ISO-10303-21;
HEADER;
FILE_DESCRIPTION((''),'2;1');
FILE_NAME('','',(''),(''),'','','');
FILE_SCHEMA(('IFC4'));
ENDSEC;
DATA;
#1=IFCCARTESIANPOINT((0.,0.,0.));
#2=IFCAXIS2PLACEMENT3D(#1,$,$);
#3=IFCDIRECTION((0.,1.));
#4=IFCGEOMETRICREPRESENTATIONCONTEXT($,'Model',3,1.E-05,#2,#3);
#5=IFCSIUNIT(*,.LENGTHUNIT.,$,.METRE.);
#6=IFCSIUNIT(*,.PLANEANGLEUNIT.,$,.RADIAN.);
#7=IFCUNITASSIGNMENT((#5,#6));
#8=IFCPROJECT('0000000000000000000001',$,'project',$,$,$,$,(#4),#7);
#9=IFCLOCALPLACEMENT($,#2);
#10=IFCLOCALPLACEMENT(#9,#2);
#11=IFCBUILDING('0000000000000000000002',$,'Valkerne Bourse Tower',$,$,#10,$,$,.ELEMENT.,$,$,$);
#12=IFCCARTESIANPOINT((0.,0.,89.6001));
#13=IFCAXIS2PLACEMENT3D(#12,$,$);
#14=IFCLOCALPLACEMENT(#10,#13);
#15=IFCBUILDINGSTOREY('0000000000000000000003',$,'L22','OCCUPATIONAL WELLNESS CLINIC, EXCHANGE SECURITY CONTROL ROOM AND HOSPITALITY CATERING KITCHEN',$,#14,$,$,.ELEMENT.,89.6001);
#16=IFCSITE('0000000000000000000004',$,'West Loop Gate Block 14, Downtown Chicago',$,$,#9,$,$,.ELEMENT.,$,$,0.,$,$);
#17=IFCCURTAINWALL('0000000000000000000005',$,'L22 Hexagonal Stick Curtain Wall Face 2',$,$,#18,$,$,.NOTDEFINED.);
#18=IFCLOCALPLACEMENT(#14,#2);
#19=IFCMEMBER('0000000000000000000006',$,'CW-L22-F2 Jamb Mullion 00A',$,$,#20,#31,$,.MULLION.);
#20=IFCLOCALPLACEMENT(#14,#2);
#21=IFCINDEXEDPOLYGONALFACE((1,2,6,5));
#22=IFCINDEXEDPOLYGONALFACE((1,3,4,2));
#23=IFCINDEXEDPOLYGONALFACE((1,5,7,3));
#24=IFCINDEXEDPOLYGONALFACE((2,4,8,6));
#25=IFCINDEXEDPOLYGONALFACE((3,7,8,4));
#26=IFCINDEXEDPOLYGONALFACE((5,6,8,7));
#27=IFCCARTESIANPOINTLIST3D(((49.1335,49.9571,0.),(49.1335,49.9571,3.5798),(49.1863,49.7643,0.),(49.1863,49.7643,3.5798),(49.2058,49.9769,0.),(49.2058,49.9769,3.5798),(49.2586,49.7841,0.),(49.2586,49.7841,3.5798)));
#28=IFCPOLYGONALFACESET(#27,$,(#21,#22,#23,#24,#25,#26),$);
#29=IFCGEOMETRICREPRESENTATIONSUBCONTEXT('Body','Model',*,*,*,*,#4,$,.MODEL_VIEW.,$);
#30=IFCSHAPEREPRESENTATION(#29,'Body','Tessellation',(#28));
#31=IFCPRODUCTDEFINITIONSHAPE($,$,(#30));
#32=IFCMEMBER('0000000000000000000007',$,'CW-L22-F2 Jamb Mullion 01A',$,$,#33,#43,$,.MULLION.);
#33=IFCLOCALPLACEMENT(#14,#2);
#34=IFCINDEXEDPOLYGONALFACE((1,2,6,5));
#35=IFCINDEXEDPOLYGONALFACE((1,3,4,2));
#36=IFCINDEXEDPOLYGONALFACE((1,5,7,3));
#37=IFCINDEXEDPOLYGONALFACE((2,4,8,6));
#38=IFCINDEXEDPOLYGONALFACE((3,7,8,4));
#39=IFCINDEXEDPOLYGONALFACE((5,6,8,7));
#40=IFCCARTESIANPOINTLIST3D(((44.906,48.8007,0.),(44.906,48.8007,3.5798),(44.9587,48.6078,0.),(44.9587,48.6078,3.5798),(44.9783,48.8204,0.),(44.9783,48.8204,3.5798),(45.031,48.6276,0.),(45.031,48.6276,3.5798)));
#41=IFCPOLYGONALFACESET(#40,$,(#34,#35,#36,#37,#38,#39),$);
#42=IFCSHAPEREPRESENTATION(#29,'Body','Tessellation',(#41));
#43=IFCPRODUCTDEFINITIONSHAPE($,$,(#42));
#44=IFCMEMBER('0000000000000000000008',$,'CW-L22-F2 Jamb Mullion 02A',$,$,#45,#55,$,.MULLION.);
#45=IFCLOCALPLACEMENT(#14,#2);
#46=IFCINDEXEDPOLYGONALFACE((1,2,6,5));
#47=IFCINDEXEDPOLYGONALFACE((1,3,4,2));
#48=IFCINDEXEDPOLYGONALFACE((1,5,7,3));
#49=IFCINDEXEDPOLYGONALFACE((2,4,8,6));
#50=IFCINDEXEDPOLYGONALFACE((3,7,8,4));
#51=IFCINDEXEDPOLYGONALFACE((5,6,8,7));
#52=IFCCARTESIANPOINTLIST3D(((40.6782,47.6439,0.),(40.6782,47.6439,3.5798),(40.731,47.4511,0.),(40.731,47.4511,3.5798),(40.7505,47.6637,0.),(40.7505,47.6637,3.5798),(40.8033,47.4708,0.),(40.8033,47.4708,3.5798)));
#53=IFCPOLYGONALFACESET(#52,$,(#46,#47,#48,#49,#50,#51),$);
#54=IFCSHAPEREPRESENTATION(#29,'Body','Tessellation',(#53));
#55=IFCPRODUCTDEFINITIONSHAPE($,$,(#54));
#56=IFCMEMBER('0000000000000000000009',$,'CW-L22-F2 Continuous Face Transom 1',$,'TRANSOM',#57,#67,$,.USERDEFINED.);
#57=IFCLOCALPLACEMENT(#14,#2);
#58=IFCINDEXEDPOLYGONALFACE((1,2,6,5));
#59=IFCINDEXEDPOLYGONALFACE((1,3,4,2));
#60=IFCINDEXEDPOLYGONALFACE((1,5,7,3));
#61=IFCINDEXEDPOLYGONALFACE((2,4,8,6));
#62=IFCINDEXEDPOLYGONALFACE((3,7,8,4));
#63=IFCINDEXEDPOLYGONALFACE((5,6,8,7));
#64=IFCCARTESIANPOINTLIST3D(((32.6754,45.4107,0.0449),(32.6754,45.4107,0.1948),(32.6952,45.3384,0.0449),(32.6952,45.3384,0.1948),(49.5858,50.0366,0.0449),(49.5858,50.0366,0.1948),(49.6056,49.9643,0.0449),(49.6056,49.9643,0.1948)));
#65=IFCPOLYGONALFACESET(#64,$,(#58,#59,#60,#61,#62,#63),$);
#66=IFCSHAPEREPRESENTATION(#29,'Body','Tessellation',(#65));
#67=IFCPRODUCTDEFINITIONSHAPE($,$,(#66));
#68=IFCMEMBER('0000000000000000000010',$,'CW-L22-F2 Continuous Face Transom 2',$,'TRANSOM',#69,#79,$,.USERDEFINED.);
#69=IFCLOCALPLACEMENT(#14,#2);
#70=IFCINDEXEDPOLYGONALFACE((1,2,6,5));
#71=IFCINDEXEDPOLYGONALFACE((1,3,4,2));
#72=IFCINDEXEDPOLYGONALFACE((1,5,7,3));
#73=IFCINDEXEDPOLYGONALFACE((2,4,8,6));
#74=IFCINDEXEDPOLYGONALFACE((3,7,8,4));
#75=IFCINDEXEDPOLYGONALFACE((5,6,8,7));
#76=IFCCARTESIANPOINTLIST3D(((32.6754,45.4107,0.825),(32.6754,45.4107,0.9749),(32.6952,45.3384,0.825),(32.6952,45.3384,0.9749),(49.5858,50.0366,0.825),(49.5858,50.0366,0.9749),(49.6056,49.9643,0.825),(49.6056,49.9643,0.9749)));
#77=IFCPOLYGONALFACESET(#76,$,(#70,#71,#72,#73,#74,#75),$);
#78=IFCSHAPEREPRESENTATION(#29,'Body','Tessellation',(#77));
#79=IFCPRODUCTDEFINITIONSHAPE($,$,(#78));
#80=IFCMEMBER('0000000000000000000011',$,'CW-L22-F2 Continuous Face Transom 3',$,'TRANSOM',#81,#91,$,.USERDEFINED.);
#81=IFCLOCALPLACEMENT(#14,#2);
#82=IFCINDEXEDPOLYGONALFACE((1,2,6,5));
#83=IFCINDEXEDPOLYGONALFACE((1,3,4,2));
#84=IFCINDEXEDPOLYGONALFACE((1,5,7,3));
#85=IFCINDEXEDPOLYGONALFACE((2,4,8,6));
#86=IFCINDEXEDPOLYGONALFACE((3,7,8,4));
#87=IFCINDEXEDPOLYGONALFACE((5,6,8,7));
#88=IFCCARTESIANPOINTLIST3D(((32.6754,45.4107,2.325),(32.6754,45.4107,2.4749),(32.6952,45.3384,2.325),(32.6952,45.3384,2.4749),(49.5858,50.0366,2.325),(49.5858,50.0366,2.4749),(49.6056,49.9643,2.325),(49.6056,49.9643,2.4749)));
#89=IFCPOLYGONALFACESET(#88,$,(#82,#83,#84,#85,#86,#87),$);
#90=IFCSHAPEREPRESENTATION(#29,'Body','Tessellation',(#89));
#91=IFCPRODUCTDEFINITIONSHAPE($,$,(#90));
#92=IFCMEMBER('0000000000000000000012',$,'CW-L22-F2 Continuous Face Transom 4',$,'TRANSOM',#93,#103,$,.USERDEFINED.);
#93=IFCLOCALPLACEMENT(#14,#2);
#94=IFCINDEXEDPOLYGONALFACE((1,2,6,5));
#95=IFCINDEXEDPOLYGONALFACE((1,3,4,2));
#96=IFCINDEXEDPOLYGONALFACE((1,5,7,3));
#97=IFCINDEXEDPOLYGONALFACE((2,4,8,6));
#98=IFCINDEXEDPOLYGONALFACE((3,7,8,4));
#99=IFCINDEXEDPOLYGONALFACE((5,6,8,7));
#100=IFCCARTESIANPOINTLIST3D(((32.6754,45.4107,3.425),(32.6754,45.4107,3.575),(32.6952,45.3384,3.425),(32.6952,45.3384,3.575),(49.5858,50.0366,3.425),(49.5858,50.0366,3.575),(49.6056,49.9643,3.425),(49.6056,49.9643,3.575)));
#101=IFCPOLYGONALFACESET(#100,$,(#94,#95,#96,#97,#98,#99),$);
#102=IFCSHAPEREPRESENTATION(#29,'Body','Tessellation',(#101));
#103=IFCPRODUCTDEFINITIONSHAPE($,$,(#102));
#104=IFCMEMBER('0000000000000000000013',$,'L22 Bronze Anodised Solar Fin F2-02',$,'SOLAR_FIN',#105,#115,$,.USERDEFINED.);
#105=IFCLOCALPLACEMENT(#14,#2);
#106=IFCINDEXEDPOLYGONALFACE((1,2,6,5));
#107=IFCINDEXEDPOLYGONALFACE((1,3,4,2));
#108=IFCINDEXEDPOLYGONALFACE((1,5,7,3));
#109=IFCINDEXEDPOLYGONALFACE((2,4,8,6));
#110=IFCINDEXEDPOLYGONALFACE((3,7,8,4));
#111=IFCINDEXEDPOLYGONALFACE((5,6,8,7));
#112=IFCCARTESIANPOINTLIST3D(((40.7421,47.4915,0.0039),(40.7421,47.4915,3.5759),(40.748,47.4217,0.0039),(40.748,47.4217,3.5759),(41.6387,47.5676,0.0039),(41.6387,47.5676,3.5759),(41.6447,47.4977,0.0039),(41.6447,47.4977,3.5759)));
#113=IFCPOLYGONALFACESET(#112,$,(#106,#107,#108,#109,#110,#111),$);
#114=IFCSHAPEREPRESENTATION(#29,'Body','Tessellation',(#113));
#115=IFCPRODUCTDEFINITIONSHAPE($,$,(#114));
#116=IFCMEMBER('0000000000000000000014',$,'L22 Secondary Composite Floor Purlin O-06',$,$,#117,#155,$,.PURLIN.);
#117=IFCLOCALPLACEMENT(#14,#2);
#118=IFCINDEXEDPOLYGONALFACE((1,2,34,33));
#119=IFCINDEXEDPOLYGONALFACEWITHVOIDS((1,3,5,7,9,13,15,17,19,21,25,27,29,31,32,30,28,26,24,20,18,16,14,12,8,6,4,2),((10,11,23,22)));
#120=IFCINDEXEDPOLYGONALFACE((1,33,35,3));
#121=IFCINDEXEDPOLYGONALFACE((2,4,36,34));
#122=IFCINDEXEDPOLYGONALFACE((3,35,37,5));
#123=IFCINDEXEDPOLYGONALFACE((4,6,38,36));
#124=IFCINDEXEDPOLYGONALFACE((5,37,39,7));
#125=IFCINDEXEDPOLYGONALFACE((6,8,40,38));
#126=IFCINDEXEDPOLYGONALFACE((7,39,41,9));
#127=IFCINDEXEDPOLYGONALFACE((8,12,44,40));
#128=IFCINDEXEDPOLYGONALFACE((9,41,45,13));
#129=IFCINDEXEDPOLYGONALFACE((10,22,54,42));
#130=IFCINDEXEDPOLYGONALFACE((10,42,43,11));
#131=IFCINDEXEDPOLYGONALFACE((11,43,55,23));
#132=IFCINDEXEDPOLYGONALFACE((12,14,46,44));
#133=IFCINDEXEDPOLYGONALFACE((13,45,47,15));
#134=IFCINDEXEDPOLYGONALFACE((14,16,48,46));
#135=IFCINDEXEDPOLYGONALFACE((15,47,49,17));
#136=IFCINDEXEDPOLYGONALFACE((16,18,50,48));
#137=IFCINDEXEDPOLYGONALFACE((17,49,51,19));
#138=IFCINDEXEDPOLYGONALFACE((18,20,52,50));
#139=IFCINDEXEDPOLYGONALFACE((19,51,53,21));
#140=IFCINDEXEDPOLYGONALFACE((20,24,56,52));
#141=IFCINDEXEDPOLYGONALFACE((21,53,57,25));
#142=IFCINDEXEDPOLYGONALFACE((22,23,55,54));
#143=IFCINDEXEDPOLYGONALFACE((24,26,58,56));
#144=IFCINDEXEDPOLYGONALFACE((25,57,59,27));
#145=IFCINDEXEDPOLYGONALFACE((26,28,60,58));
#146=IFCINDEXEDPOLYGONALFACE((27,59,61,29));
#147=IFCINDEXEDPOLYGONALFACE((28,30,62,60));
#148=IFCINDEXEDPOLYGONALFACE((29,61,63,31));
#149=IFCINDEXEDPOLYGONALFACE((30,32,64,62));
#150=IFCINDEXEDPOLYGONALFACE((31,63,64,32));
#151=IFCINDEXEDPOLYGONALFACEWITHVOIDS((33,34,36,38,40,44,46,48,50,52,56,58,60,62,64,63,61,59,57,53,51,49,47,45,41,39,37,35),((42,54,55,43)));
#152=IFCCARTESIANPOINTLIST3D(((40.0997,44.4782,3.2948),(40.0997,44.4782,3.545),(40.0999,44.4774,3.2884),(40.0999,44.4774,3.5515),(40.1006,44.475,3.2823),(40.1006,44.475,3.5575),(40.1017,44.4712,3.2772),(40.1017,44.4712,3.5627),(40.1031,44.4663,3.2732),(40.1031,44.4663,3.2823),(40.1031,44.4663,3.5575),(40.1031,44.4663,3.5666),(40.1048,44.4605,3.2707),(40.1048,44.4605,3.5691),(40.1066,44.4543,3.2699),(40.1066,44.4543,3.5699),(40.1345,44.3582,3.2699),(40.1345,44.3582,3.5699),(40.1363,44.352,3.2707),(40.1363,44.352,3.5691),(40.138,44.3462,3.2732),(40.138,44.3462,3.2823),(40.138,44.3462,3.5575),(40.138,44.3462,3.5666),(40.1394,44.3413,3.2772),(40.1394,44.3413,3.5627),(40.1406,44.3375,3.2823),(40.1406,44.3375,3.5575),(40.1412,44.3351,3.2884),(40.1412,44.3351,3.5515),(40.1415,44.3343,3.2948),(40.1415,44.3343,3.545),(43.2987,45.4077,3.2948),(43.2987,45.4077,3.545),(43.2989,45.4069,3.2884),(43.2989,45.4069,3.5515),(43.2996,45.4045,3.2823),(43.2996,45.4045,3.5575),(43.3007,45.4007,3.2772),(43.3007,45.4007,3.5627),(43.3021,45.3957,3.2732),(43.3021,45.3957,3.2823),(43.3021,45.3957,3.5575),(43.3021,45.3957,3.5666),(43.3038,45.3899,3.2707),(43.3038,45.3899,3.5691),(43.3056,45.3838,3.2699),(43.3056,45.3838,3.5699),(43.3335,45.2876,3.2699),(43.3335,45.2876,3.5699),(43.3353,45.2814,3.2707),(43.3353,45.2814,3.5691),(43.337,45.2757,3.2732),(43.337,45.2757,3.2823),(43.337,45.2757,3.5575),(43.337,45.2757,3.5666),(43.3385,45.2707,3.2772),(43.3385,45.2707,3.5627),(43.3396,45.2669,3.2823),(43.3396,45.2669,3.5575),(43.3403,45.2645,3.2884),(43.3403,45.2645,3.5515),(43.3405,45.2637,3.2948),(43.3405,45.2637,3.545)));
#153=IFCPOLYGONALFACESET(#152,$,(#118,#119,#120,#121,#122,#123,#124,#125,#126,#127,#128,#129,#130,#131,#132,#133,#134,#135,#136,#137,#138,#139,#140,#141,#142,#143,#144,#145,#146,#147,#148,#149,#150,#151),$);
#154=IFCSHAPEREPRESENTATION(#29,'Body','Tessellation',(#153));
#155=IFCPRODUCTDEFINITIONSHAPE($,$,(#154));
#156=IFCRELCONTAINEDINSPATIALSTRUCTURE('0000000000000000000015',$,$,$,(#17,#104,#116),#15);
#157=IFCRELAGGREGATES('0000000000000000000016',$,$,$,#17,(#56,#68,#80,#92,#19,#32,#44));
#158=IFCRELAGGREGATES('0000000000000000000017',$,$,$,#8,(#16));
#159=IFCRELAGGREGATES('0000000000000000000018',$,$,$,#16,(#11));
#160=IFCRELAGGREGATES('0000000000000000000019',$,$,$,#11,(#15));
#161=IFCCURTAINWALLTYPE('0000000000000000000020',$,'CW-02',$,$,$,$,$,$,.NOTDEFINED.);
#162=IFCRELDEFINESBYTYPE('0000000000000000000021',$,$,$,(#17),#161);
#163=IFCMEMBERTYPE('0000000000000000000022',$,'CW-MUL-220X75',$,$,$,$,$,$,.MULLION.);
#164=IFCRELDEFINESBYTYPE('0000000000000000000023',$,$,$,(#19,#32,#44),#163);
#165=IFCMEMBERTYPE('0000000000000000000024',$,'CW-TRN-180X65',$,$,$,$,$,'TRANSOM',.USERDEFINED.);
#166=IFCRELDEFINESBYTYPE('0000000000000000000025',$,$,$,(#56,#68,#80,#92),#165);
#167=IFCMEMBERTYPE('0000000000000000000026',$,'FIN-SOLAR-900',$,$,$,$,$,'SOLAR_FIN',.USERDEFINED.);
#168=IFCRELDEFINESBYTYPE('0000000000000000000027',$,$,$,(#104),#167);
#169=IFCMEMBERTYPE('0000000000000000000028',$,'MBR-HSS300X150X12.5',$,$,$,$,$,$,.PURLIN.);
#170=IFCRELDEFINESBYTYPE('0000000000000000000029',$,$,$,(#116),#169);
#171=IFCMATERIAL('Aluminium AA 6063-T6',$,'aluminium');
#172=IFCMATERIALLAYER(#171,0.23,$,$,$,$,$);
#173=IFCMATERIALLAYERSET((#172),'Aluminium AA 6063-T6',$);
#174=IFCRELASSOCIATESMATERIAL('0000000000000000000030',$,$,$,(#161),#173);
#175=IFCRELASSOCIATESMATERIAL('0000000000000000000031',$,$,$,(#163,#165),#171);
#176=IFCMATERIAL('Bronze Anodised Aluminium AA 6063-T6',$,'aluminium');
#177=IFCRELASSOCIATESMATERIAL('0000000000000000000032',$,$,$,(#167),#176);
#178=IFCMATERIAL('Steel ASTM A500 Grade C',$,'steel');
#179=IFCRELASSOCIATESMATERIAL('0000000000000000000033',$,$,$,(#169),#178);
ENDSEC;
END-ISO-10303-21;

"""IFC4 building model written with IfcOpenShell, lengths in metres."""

from ifc_helpers import new_model, si_unit, direction, frame, origin, origin_2d, place, context, subcontext, project, spatial, rectangle, hollow_rectangle, extrude, material, layer, layer_set, material_profile, profile_set, type_object, element, aggregate, save


model = new_model("IFC4")

# Units and contexts
model_context = context("Model", 3, precision=1e-05, world=origin(), true_north=direction((0.0, 1.0)))
body_context = subcontext(model_context, "Body", "Model", "MODEL_VIEW")
ifc_project = project(units=[si_unit("LENGTHUNIT", "METRE"), si_unit("PLANEANGLEUNIT", "RADIAN")], contexts=[model_context])

# Site, building, storey
site_placement = place(None, origin())
site = spatial("IfcSite", under=ifc_project, at=site_placement, Name="West Loop Gate Block 14, Downtown Chicago", CompositionType="ELEMENT", RefElevation=0.0)
building_placement = place(site_placement, origin())
building = spatial("IfcBuilding", under=site, at=building_placement, Name="Valkerne Bourse Tower", CompositionType="ELEMENT")
storey_placement = place(building_placement, frame((0.0, 0.0, 89.6001)))
storey = spatial("IfcBuildingStorey", under=building, at=storey_placement, Name="L22", Description="OCCUPATIONAL WELLNESS CLINIC, EXCHANGE SECURITY CONTROL ROOM AND HOSPITALITY CATERING KITCHEN", CompositionType="ELEMENT", Elevation=89.6001)

# Curtain wall, members
ifc_material_1 = material(Name="Aluminium AA 6063-T6", Category="aluminium")
ifc_layer_1 = layer(ifc_material_1, 0.23)
ifc_layer_set_1 = layer_set([ifc_layer_1], Name="Aluminium AA 6063-T6")
curtain_wall_type = type_object("IfcCurtainWallType", Name="CW-02", PredefinedType="NOTDEFINED", material=ifc_layer_set_1)
curtain_wall_placement = place(storey_placement, origin())
curtain_wall = element("IfcCurtainWall", 1, at=curtain_wall_placement, inside=storey, type_object=curtain_wall_type, Name="L22 Hexagonal Stick Curtain Wall Face 2", PredefinedType="NOTDEFINED")
ifc_material_profile_1 = material_profile(ifc_material_1, rectangle(XDim=0.075, YDim=0.2, at=origin_2d()), Name="CWM-75X200")
ifc_profile_set_1 = profile_set([ifc_material_profile_1], Name="Aluminium AA 6063-T6")
member_type_1 = type_object("IfcMemberType", Name="CW-MUL-220X75", PredefinedType="MULLION", material=ifc_profile_set_1)
member_1_placement = place(storey_placement, frame((49.196, 49.8706, 0.0), z_axis=(0.0, 0.0, 1.0), x_axis=(-0.96456, -0.263864, 0.0)))
member_1 = element("IfcMember", 2, at=member_1_placement, type_object=member_type_1, Name="CW-L22-F2 Jamb Mullion 00A", PredefinedType="MULLION", context=body_context, shape_type="SweptSolid", body=[
    extrude(rectangle(XDim=0.075, YDim=0.2, at=origin_2d()), origin(), (0.0, 0.0, 1.0), 3.5798),
])
member_2_placement = place(storey_placement, frame((44.9685, 48.7141, 0.0), z_axis=(0.0, 0.0, 1.0), x_axis=(-0.964556, -0.26388, 0.0)))
member_2 = element("IfcMember", 3, at=member_2_placement, type_object=member_type_1, Name="CW-L22-F2 Jamb Mullion 01A", PredefinedType="MULLION", context=body_context, shape_type="SweptSolid", body=[
    extrude(rectangle(XDim=0.075, YDim=0.2, at=origin_2d()), origin(), (0.0, 0.0, 1.0), 3.5798),
])
member_3_placement = place(storey_placement, frame((40.7407, 47.5574, 0.0), z_axis=(0.0, 0.0, 1.0), x_axis=(-0.96456, -0.263864, 0.0)))
member_3 = element("IfcMember", 4, at=member_3_placement, type_object=member_type_1, Name="CW-L22-F2 Jamb Mullion 02A", PredefinedType="MULLION", context=body_context, shape_type="SweptSolid", body=[
    extrude(rectangle(XDim=0.075, YDim=0.2, at=origin_2d()), origin(), (0.0, 0.0, 1.0), 3.5798),
])
ifc_material_profile_2 = material_profile(ifc_material_1, rectangle(XDim=0.075, YDim=0.1499, at=origin_2d()), Name="CWT-75X150")
ifc_profile_set_2 = profile_set([ifc_material_profile_2], Name="Aluminium AA 6063-T6")
member_type_2 = type_object("IfcMemberType", Name="CW-TRN-180X65", ElementType="TRANSOM", PredefinedType="USERDEFINED", material=ifc_profile_set_2)
member_4_placement = place(storey_placement, frame((49.5957, 50.0005, 0.1199), z_axis=(-0.96456, -0.263863, 0.0), x_axis=(0.263863, -0.96456, 0.0)))
member_4 = element("IfcMember", 5, at=member_4_placement, type_object=member_type_2, Name="CW-L22-F2 Continuous Face Transom 1", ObjectType="TRANSOM", PredefinedType="USERDEFINED", context=body_context, shape_type="SweptSolid", body=[
    extrude(rectangle(XDim=0.075, YDim=0.1499, at=origin_2d()), origin(), (0.0, 0.0, 1.0), 17.5317),
])
member_5_placement = place(storey_placement, frame((49.5957, 50.0005, 0.8999), z_axis=(-0.96456, -0.263863, 0.0), x_axis=(0.263863, -0.96456, 0.0)))
member_5 = element("IfcMember", 6, at=member_5_placement, type_object=member_type_2, Name="CW-L22-F2 Continuous Face Transom 2", ObjectType="TRANSOM", PredefinedType="USERDEFINED", context=body_context, shape_type="SweptSolid", body=[
    extrude(rectangle(XDim=0.075, YDim=0.1499, at=origin_2d()), origin(), (0.0, 0.0, 1.0), 17.5317),
])
member_6_placement = place(storey_placement, frame((49.5957, 50.0005, 2.3999), z_axis=(-0.96456, -0.263863, 0.0), x_axis=(0.263863, -0.96456, 0.0)))
member_6 = element("IfcMember", 7, at=member_6_placement, type_object=member_type_2, Name="CW-L22-F2 Continuous Face Transom 3", ObjectType="TRANSOM", PredefinedType="USERDEFINED", context=body_context, shape_type="SweptSolid", body=[
    extrude(rectangle(XDim=0.075, YDim=0.1499, at=origin_2d()), origin(), (0.0, 0.0, 1.0), 17.5317),
])
member_7_placement = place(storey_placement, frame((49.5957, 50.0005, 3.5), z_axis=(-0.96456, -0.263863, 0.0), x_axis=(0.263863, -0.96456, 0.0)))
member_7 = element("IfcMember", 8, at=member_7_placement, type_object=member_type_2, Name="CW-L22-F2 Continuous Face Transom 4", ObjectType="TRANSOM", PredefinedType="USERDEFINED", context=body_context, shape_type="SweptSolid", body=[
    extrude(rectangle(XDim=0.075, YDim=0.1499, at=origin_2d()), origin(), (0.0, 0.0, 1.0), 17.5317),
])

# Members
ifc_material_2 = material(Name="Bronze Anodised Aluminium AA 6063-T6", Category="aluminium")
ifc_material_profile_3 = material_profile(ifc_material_2, rectangle(XDim=0.0701, YDim=0.8999, at=origin_2d()), Name="FIN-70X900")
ifc_profile_set_3 = profile_set([ifc_material_profile_3], Name="Bronze Anodised Aluminium AA 6063-T6")
member_type_3 = type_object("IfcMemberType", Name="FIN-SOLAR-900", ElementType="SOLAR_FIN", PredefinedType="USERDEFINED", material=ifc_profile_set_3)
member_8_placement = place(storey_placement, frame((41.1934, 47.4946, 0.0039), z_axis=(0.0, 0.0, 1.0), x_axis=(-0.084489, 0.996424, 0.0)))
element("IfcMember", 9, at=member_8_placement, inside=storey, type_object=member_type_3, Name="L22 Bronze Anodised Solar Fin F2-02", ObjectType="SOLAR_FIN", PredefinedType="USERDEFINED", context=body_context, shape_type="SweptSolid", body=[
    extrude(rectangle(XDim=0.0701, YDim=0.8999, at=origin_2d()), origin(), (0.0, 0.0, 1.0), 3.572),
])
ifc_material_3 = material(Name="Steel ASTM A500 Grade C", Category="steel")
ifc_material_profile_4 = material_profile(ifc_material_3, hollow_rectangle(XDim=0.1499, YDim=0.3, WallThickness=0.0125, OuterFilletRadius=0.0249, at=origin_2d()), Name="HSS300X150X12.5")
ifc_profile_set_4 = profile_set([ifc_material_profile_4], Name="Steel ASTM A500 Grade C")
member_type_4 = type_object("IfcMemberType", Name="MBR-HSS300X150X12.5", PredefinedType="PURLIN", material=ifc_profile_set_4)
member_9_placement = place(storey_placement, frame((43.3196, 45.3357, 3.4199), z_axis=(-0.960289, -0.279006, 0.0), x_axis=(0.279006, -0.960289, 0.0)))
element("IfcMember", 10, at=member_9_placement, inside=storey, type_object=member_type_4, Name="L22 Secondary Composite Floor Purlin O-06", PredefinedType="PURLIN", context=body_context, shape_type="SweptSolid", body=[
    extrude(hollow_rectangle(XDim=0.1499, YDim=0.3, WallThickness=0.0125, OuterFilletRadius=0.0249, at=origin_2d()), origin(), (0.0, 0.0, 1.0), 3.3313),
])

aggregate(curtain_wall, [member_4, member_5, member_6, member_7, member_1, member_2, member_3])

save(model, "model.ifc")
